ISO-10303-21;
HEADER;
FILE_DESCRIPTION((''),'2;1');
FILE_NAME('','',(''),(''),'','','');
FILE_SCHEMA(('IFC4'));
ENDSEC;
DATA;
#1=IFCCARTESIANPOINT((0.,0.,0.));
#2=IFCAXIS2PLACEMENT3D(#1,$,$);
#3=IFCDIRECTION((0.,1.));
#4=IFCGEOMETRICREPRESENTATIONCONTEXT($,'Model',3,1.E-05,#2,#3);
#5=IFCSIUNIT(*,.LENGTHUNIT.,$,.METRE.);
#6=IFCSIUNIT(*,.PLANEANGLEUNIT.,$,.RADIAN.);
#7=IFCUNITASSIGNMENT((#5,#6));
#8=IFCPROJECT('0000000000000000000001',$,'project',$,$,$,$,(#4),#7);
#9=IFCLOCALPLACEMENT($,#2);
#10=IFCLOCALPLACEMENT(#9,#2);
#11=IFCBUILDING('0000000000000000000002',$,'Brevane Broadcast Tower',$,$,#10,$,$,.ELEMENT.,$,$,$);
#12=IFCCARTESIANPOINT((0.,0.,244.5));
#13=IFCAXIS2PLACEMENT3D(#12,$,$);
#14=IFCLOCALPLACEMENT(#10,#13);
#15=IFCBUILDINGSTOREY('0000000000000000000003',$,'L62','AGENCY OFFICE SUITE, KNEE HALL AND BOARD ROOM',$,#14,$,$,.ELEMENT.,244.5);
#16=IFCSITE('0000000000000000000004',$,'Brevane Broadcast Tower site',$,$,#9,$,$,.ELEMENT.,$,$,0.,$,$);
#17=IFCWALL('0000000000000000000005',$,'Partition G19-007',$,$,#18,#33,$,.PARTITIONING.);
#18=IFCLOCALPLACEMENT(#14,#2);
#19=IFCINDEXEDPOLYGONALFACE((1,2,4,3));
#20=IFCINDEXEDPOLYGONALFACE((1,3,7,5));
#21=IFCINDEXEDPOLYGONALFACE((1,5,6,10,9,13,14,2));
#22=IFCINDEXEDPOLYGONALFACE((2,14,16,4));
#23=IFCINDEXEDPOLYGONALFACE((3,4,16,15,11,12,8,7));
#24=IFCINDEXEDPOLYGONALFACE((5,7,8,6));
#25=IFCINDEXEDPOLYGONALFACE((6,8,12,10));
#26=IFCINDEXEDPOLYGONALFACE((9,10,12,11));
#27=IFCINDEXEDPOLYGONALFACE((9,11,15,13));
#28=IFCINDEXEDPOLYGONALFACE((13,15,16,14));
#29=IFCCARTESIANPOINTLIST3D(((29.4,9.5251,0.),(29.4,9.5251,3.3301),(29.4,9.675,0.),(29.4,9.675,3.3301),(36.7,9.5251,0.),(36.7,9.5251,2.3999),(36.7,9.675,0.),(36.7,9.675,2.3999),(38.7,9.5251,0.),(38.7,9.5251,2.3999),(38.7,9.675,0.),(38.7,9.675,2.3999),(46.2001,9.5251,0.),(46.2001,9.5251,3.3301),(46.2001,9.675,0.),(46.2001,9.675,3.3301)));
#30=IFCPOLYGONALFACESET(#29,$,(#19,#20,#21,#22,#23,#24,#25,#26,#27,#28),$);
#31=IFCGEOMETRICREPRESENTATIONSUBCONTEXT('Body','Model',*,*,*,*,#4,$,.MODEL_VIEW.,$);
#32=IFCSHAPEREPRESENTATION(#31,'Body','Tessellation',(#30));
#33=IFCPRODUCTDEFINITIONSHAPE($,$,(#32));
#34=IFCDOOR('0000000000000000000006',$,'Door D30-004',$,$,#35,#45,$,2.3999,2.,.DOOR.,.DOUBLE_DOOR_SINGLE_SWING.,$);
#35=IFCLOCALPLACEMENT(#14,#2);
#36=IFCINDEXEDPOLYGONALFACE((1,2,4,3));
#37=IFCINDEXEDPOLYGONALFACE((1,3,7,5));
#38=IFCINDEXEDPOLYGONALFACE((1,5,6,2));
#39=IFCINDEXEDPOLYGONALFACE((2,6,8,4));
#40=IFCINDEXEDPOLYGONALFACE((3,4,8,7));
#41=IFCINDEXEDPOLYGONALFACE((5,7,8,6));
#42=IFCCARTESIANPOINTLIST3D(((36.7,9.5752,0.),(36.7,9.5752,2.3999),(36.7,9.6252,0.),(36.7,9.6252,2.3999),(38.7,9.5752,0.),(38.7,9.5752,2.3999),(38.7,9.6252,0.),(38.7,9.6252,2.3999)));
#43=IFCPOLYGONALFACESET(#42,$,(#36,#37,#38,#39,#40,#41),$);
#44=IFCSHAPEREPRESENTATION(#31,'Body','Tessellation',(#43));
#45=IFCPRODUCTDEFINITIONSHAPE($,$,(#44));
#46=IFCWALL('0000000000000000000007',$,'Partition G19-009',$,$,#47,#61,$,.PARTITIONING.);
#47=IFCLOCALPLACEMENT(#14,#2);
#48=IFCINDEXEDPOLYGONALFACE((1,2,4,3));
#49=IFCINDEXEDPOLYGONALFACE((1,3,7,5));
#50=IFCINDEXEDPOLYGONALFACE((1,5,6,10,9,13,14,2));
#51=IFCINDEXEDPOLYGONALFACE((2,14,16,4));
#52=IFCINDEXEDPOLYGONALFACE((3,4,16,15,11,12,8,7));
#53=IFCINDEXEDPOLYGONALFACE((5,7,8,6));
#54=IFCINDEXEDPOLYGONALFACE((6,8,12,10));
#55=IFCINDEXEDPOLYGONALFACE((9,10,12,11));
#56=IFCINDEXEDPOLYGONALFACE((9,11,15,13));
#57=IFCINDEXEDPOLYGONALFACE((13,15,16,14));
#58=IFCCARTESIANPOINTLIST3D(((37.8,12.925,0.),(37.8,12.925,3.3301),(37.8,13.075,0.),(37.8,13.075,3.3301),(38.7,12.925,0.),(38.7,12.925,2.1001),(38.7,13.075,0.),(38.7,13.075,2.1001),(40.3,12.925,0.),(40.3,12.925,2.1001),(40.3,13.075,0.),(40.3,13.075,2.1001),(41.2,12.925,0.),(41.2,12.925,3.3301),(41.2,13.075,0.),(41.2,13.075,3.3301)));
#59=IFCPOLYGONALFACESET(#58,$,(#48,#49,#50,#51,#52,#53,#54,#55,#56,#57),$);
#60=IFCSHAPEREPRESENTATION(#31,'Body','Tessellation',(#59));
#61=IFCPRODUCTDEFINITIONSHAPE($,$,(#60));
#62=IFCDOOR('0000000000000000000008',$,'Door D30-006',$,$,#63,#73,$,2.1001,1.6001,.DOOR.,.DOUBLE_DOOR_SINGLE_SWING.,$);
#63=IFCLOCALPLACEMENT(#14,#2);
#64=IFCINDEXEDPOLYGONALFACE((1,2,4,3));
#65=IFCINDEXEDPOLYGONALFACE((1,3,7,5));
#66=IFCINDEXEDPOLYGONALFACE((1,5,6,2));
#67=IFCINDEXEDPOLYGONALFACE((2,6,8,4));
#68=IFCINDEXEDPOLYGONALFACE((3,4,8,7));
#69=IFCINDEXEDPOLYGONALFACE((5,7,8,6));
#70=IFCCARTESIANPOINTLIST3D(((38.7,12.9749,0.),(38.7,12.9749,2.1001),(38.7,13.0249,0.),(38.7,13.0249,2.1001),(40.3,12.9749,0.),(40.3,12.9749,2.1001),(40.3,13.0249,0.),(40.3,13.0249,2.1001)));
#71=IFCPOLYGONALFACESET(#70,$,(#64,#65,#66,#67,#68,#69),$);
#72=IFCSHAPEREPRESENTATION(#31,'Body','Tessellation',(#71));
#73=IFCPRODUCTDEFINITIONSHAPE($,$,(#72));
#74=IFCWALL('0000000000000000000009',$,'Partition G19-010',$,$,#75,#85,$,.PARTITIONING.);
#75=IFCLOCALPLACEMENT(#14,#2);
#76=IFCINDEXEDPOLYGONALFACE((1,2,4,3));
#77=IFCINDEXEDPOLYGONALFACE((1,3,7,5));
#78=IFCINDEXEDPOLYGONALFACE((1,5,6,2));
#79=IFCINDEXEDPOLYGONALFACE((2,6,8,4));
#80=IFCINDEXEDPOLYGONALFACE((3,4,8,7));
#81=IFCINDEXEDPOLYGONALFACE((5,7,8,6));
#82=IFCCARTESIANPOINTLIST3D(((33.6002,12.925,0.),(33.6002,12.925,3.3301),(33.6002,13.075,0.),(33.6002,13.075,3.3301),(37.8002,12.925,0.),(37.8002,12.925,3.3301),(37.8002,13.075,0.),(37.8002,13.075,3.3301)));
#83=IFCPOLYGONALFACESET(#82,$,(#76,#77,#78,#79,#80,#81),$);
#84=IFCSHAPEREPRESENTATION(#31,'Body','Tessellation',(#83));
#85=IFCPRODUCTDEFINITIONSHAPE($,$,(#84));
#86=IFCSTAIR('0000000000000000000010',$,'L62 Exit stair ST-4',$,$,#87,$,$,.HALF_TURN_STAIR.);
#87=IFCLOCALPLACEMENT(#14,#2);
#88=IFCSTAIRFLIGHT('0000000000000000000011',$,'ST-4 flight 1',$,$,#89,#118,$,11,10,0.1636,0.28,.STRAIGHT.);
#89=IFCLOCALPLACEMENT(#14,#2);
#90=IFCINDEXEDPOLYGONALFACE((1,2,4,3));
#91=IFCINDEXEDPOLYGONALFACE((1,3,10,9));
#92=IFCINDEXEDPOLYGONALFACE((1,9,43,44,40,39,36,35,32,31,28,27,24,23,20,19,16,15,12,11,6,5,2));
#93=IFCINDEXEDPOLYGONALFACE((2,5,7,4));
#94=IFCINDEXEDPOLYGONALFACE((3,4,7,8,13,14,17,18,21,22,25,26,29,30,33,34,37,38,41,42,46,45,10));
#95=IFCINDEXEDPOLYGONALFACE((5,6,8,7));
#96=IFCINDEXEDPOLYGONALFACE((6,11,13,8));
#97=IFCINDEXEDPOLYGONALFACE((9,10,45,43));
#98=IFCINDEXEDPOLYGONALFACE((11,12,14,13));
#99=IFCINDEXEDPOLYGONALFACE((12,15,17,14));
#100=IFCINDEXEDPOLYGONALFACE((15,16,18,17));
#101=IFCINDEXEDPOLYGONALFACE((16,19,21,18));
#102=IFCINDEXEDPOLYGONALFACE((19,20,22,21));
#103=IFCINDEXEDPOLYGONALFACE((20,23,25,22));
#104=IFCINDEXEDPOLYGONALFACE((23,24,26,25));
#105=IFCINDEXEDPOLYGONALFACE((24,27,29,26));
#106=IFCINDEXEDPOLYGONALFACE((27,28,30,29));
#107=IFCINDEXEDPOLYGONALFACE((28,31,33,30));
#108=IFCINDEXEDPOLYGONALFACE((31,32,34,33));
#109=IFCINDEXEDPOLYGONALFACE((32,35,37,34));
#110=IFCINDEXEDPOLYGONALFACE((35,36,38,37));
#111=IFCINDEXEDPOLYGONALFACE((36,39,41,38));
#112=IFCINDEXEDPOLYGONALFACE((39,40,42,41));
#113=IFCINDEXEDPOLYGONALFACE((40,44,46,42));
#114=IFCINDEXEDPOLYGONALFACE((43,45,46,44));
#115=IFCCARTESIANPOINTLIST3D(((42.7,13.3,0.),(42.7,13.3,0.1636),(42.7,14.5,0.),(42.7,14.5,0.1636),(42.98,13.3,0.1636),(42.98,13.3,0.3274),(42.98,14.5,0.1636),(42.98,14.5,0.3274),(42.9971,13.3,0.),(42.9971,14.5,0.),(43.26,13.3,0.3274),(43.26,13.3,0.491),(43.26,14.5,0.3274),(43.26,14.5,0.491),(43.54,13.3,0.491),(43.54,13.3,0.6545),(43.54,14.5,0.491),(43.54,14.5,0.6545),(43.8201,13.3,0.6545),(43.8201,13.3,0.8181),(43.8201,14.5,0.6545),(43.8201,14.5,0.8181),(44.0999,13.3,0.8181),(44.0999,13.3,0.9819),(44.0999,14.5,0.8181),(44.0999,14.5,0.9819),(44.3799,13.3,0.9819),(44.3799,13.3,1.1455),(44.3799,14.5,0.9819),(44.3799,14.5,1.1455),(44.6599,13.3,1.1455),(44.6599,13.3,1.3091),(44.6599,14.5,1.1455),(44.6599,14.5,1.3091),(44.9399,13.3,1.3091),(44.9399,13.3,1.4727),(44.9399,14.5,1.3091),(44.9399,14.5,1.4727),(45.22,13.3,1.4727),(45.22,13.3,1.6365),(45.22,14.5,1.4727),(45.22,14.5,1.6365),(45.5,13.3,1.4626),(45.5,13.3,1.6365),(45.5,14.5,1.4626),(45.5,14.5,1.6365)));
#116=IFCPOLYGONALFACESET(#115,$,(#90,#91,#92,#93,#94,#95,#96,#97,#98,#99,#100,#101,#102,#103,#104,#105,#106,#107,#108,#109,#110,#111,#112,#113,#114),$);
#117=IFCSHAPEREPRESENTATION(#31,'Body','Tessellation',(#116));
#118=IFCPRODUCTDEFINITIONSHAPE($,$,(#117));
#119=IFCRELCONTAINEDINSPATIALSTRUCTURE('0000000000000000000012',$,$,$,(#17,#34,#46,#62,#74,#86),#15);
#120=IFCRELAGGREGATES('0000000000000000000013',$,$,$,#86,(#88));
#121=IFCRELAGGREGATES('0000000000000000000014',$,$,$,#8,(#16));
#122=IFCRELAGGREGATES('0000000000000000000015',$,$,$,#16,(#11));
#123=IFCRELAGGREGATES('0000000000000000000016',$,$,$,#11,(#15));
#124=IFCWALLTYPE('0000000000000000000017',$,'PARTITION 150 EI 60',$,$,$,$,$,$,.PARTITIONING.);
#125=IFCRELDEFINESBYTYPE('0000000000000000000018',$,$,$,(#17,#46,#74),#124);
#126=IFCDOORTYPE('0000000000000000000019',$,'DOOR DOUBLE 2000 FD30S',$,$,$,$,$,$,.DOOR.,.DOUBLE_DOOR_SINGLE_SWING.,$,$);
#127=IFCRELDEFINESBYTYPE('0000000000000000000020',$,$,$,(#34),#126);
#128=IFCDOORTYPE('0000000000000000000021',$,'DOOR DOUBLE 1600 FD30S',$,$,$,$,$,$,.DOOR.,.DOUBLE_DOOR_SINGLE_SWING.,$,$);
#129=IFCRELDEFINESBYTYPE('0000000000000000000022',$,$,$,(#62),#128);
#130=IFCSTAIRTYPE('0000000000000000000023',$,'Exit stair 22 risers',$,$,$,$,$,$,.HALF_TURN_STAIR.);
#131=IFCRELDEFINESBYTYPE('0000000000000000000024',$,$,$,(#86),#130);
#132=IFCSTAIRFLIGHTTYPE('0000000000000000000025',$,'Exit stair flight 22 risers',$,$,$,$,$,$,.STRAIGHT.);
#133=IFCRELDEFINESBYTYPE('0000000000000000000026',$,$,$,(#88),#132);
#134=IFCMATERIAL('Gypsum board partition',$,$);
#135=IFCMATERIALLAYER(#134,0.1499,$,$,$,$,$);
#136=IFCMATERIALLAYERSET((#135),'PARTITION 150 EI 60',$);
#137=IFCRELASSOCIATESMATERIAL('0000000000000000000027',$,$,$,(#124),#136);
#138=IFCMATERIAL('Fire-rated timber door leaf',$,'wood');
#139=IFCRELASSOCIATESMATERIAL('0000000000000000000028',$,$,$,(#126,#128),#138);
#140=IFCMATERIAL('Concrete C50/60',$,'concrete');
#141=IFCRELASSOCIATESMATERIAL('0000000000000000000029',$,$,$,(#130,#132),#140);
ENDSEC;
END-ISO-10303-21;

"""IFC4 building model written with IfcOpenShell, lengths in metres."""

from ifc_helpers import new_model, si_unit, direction, frame, frame_2d, origin, place, context, subcontext, project, spatial, polyline, rectangle, outline, extrude, material, layer, layer_set, type_object, element, fill, aggregate, save


model = new_model("IFC4")

# Units and contexts
model_context = context("Model", 3, precision=1e-05, world=origin(), true_north=direction((0.0, 1.0)))
body_context = subcontext(model_context, "Body", "Model", "MODEL_VIEW")
ifc_project = project(units=[si_unit("LENGTHUNIT", "METRE"), si_unit("PLANEANGLEUNIT", "RADIAN")], contexts=[model_context])

# Site, building, storey
site_placement = place(None, origin())
site = spatial("IfcSite", under=ifc_project, at=site_placement, Name="Brevane Broadcast Tower site", CompositionType="ELEMENT", RefElevation=0.0)
building_placement = place(site_placement, origin())
building = spatial("IfcBuilding", under=site, at=building_placement, Name="Brevane Broadcast Tower", CompositionType="ELEMENT")
storey_placement = place(building_placement, frame((0.0, 0.0, 244.5)))
storey = spatial("IfcBuildingStorey", under=building, at=storey_placement, Name="L62", Description="AGENCY OFFICE SUITE, KNEE HALL AND BOARD ROOM", CompositionType="ELEMENT", Elevation=244.5)

# Shared definitions
ifc_material_1 = material(Name="Concrete C50/60", Category="concrete")

# Walls, openings, doors
ifc_material_2 = material(Name="Gypsum board partition")
ifc_layer_1 = layer(ifc_material_2, 0.1499)
ifc_layer_set_1 = layer_set([ifc_layer_1], Name="PARTITION 150 EI 60")
wall_type_1 = type_object("IfcWallType", Name="PARTITION 150 EI 60", PredefinedType="PARTITIONING", material=ifc_layer_set_1)
ifc_material_3 = material(Name="Fire-rated timber door leaf", Category="wood")
door_type_1 = type_object("IfcDoorType", Name="DOOR DOUBLE 2000 FD30S", OperationType="DOUBLE_DOOR_SINGLE_SWING", PredefinedType="DOOR", material=ifc_material_3)
wall_1_placement = place(storey_placement, frame((46.2, 9.6001, 0.0), z_axis=(0.0, 0.0, 1.0), x_axis=(-1.0, 0.0, 0.0)))
wall_1 = element("IfcWall", 1, at=wall_1_placement, inside=storey, type_object=wall_type_1, Name="Partition G19-007", PredefinedType="PARTITIONING", context=body_context, shape_type="SweptSolid", body=[
    extrude(rectangle(XDim=16.8, YDim=0.1499, at=frame_2d((8.3999, 0.0))), origin(), (0.0, 0.0, 1.0), 3.3301),
])
opening_1_placement = place(wall_1_placement, frame((7.5, 0.0, 0.0)))
opening_1 = element("IfcOpeningElement", 2, at=opening_1_placement, cuts=wall_1, PredefinedType="OPENING", context=body_context, shape_type="SweptSolid", body=[
    extrude(rectangle(XDim=2.0, YDim=2.3999, at=frame_2d((1.0, 1.2))), frame((0.0, 0.085, 0.0), z_axis=(0.0, -1.0, 0.0), x_axis=(1.0, 0.0, 0.0)), (0.0, 0.0, 1.0), 0.1699),
])
door_1_placement = place(opening_1_placement, origin())
door_1 = element("IfcDoor", 3, at=door_1_placement, inside=storey, type_object=door_type_1, Name="Door D30-004", OperationType="DOUBLE_DOOR_SINGLE_SWING", OverallHeight=2.3999, OverallWidth=2.0, PredefinedType="DOOR", context=body_context, shape_type="SweptSolid", body=[
    extrude(rectangle(XDim=2.0, YDim=2.3999, at=frame_2d((1.0, 1.2))), frame((0.0, 0.0249, 0.0), z_axis=(0.0, -1.0, 0.0), x_axis=(1.0, 0.0, 0.0)), (0.0, 0.0, 1.0), 0.05),
])
fill(opening_1, door_1)
wall_2_placement = place(storey_placement, frame((37.8, 13.0, 0.0), z_axis=(0.0, 0.0, 1.0), x_axis=(1.0, 0.0, 0.0)))
wall_2 = element("IfcWall", 4, at=wall_2_placement, inside=storey, type_object=wall_type_1, Name="Partition G19-009", PredefinedType="PARTITIONING", context=body_context, shape_type="SweptSolid", body=[
    extrude(rectangle(XDim=3.3999, YDim=0.1499, at=frame_2d((1.7, 0.0))), origin(), (0.0, 0.0, 1.0), 3.3301),
])
opening_2_placement = place(wall_2_placement, frame((0.8999, 0.0, 0.0)))
opening_2 = element("IfcOpeningElement", 5, at=opening_2_placement, cuts=wall_2, PredefinedType="OPENING", context=body_context, shape_type="SweptSolid", body=[
    extrude(rectangle(XDim=1.6001, YDim=2.1001, at=frame_2d((0.8, 1.05))), frame((0.0, 0.085, 0.0), z_axis=(0.0, -1.0, 0.0), x_axis=(1.0, 0.0, 0.0)), (0.0, 0.0, 1.0), 0.1699),
])
door_type_2 = type_object("IfcDoorType", Name="DOOR DOUBLE 1600 FD30S", OperationType="DOUBLE_DOOR_SINGLE_SWING", PredefinedType="DOOR", material=ifc_material_3)
door_2_placement = place(opening_2_placement, origin())
door_2 = element("IfcDoor", 6, at=door_2_placement, inside=storey, type_object=door_type_2, Name="Door D30-006", OperationType="DOUBLE_DOOR_SINGLE_SWING", OverallHeight=2.1001, OverallWidth=1.6001, PredefinedType="DOOR", context=body_context, shape_type="SweptSolid", body=[
    extrude(rectangle(XDim=1.6001, YDim=2.1001, at=frame_2d((0.8, 1.05))), frame((0.0, 0.0249, 0.0), z_axis=(0.0, -1.0, 0.0), x_axis=(1.0, 0.0, 0.0)), (0.0, 0.0, 1.0), 0.05),
])
fill(opening_2, door_2)

# Wall
wall_3_placement = place(storey_placement, frame((33.6001, 13.0, 0.0), z_axis=(0.0, 0.0, 1.0), x_axis=(1.0, 0.0, 0.0)))
element("IfcWall", 7, at=wall_3_placement, inside=storey, type_object=wall_type_1, Name="Partition G19-010", PredefinedType="PARTITIONING", context=body_context, shape_type="SweptSolid", body=[
    extrude(rectangle(XDim=4.2, YDim=0.1499, at=frame_2d((2.1001, 0.0))), origin(), (0.0, 0.0, 1.0), 3.3301),
])

# Stair, stair flight
stair_type = type_object("IfcStairType", Name="Exit stair 22 risers", PredefinedType="HALF_TURN_STAIR", material=ifc_material_1)
stair_placement = place(storey_placement, origin())
stair = element("IfcStair", 8, at=stair_placement, inside=storey, type_object=stair_type, Name="L62 Exit stair ST-4", PredefinedType="HALF_TURN_STAIR")
stair_flight_type = type_object("IfcStairFlightType", Name="Exit stair flight 22 risers", PredefinedType="STRAIGHT", material=ifc_material_1)
stair_flight_placement = place(storey_placement, frame((42.7, 13.8999, 0.0), z_axis=(0.0, 0.0, 1.0), x_axis=(1.0, 0.0, 0.0)))
stair_flight = element("IfcStairFlight", 9, at=stair_flight_placement, type_object=stair_flight_type, Name="ST-4 flight 1", NumberOfRisers=11, NumberOfTreads=10, PredefinedType="STRAIGHT", RiserHeight=0.1636, TreadLength=0.28, context=body_context, shape_type="SweptSolid", body=[
    extrude(outline(polyline([(0.0, 0.0), (0.0, 0.1636), (0.28, 0.1636), (0.28, 0.3274), (0.5601, 0.3274), (0.5601, 0.491), (0.8401, 0.491), (0.8401, 0.6545), (1.1201, 0.6545), (1.1201, 0.8181), (1.3999, 0.8181), (1.3999, 0.9819), (1.6799, 0.9819), (1.6799, 1.1455), (1.96, 1.1455), (1.96, 1.3091), (2.24, 1.3091), (2.24, 1.4727), (2.52, 1.4727), (2.52, 1.6365), (2.8, 1.6365), (2.8, 1.8), (2.8, 1.4626), (0.2971, 0.0), (0.0, 0.0)])), frame((0.0, 0.6001, 0.0), z_axis=(0.0, -1.0, 0.0), x_axis=(1.0, 0.0, 0.0)), (0.0, 0.0, 1.0), 1.2),
])
aggregate(stair, [stair_flight])

save(model, "model.ifc")
